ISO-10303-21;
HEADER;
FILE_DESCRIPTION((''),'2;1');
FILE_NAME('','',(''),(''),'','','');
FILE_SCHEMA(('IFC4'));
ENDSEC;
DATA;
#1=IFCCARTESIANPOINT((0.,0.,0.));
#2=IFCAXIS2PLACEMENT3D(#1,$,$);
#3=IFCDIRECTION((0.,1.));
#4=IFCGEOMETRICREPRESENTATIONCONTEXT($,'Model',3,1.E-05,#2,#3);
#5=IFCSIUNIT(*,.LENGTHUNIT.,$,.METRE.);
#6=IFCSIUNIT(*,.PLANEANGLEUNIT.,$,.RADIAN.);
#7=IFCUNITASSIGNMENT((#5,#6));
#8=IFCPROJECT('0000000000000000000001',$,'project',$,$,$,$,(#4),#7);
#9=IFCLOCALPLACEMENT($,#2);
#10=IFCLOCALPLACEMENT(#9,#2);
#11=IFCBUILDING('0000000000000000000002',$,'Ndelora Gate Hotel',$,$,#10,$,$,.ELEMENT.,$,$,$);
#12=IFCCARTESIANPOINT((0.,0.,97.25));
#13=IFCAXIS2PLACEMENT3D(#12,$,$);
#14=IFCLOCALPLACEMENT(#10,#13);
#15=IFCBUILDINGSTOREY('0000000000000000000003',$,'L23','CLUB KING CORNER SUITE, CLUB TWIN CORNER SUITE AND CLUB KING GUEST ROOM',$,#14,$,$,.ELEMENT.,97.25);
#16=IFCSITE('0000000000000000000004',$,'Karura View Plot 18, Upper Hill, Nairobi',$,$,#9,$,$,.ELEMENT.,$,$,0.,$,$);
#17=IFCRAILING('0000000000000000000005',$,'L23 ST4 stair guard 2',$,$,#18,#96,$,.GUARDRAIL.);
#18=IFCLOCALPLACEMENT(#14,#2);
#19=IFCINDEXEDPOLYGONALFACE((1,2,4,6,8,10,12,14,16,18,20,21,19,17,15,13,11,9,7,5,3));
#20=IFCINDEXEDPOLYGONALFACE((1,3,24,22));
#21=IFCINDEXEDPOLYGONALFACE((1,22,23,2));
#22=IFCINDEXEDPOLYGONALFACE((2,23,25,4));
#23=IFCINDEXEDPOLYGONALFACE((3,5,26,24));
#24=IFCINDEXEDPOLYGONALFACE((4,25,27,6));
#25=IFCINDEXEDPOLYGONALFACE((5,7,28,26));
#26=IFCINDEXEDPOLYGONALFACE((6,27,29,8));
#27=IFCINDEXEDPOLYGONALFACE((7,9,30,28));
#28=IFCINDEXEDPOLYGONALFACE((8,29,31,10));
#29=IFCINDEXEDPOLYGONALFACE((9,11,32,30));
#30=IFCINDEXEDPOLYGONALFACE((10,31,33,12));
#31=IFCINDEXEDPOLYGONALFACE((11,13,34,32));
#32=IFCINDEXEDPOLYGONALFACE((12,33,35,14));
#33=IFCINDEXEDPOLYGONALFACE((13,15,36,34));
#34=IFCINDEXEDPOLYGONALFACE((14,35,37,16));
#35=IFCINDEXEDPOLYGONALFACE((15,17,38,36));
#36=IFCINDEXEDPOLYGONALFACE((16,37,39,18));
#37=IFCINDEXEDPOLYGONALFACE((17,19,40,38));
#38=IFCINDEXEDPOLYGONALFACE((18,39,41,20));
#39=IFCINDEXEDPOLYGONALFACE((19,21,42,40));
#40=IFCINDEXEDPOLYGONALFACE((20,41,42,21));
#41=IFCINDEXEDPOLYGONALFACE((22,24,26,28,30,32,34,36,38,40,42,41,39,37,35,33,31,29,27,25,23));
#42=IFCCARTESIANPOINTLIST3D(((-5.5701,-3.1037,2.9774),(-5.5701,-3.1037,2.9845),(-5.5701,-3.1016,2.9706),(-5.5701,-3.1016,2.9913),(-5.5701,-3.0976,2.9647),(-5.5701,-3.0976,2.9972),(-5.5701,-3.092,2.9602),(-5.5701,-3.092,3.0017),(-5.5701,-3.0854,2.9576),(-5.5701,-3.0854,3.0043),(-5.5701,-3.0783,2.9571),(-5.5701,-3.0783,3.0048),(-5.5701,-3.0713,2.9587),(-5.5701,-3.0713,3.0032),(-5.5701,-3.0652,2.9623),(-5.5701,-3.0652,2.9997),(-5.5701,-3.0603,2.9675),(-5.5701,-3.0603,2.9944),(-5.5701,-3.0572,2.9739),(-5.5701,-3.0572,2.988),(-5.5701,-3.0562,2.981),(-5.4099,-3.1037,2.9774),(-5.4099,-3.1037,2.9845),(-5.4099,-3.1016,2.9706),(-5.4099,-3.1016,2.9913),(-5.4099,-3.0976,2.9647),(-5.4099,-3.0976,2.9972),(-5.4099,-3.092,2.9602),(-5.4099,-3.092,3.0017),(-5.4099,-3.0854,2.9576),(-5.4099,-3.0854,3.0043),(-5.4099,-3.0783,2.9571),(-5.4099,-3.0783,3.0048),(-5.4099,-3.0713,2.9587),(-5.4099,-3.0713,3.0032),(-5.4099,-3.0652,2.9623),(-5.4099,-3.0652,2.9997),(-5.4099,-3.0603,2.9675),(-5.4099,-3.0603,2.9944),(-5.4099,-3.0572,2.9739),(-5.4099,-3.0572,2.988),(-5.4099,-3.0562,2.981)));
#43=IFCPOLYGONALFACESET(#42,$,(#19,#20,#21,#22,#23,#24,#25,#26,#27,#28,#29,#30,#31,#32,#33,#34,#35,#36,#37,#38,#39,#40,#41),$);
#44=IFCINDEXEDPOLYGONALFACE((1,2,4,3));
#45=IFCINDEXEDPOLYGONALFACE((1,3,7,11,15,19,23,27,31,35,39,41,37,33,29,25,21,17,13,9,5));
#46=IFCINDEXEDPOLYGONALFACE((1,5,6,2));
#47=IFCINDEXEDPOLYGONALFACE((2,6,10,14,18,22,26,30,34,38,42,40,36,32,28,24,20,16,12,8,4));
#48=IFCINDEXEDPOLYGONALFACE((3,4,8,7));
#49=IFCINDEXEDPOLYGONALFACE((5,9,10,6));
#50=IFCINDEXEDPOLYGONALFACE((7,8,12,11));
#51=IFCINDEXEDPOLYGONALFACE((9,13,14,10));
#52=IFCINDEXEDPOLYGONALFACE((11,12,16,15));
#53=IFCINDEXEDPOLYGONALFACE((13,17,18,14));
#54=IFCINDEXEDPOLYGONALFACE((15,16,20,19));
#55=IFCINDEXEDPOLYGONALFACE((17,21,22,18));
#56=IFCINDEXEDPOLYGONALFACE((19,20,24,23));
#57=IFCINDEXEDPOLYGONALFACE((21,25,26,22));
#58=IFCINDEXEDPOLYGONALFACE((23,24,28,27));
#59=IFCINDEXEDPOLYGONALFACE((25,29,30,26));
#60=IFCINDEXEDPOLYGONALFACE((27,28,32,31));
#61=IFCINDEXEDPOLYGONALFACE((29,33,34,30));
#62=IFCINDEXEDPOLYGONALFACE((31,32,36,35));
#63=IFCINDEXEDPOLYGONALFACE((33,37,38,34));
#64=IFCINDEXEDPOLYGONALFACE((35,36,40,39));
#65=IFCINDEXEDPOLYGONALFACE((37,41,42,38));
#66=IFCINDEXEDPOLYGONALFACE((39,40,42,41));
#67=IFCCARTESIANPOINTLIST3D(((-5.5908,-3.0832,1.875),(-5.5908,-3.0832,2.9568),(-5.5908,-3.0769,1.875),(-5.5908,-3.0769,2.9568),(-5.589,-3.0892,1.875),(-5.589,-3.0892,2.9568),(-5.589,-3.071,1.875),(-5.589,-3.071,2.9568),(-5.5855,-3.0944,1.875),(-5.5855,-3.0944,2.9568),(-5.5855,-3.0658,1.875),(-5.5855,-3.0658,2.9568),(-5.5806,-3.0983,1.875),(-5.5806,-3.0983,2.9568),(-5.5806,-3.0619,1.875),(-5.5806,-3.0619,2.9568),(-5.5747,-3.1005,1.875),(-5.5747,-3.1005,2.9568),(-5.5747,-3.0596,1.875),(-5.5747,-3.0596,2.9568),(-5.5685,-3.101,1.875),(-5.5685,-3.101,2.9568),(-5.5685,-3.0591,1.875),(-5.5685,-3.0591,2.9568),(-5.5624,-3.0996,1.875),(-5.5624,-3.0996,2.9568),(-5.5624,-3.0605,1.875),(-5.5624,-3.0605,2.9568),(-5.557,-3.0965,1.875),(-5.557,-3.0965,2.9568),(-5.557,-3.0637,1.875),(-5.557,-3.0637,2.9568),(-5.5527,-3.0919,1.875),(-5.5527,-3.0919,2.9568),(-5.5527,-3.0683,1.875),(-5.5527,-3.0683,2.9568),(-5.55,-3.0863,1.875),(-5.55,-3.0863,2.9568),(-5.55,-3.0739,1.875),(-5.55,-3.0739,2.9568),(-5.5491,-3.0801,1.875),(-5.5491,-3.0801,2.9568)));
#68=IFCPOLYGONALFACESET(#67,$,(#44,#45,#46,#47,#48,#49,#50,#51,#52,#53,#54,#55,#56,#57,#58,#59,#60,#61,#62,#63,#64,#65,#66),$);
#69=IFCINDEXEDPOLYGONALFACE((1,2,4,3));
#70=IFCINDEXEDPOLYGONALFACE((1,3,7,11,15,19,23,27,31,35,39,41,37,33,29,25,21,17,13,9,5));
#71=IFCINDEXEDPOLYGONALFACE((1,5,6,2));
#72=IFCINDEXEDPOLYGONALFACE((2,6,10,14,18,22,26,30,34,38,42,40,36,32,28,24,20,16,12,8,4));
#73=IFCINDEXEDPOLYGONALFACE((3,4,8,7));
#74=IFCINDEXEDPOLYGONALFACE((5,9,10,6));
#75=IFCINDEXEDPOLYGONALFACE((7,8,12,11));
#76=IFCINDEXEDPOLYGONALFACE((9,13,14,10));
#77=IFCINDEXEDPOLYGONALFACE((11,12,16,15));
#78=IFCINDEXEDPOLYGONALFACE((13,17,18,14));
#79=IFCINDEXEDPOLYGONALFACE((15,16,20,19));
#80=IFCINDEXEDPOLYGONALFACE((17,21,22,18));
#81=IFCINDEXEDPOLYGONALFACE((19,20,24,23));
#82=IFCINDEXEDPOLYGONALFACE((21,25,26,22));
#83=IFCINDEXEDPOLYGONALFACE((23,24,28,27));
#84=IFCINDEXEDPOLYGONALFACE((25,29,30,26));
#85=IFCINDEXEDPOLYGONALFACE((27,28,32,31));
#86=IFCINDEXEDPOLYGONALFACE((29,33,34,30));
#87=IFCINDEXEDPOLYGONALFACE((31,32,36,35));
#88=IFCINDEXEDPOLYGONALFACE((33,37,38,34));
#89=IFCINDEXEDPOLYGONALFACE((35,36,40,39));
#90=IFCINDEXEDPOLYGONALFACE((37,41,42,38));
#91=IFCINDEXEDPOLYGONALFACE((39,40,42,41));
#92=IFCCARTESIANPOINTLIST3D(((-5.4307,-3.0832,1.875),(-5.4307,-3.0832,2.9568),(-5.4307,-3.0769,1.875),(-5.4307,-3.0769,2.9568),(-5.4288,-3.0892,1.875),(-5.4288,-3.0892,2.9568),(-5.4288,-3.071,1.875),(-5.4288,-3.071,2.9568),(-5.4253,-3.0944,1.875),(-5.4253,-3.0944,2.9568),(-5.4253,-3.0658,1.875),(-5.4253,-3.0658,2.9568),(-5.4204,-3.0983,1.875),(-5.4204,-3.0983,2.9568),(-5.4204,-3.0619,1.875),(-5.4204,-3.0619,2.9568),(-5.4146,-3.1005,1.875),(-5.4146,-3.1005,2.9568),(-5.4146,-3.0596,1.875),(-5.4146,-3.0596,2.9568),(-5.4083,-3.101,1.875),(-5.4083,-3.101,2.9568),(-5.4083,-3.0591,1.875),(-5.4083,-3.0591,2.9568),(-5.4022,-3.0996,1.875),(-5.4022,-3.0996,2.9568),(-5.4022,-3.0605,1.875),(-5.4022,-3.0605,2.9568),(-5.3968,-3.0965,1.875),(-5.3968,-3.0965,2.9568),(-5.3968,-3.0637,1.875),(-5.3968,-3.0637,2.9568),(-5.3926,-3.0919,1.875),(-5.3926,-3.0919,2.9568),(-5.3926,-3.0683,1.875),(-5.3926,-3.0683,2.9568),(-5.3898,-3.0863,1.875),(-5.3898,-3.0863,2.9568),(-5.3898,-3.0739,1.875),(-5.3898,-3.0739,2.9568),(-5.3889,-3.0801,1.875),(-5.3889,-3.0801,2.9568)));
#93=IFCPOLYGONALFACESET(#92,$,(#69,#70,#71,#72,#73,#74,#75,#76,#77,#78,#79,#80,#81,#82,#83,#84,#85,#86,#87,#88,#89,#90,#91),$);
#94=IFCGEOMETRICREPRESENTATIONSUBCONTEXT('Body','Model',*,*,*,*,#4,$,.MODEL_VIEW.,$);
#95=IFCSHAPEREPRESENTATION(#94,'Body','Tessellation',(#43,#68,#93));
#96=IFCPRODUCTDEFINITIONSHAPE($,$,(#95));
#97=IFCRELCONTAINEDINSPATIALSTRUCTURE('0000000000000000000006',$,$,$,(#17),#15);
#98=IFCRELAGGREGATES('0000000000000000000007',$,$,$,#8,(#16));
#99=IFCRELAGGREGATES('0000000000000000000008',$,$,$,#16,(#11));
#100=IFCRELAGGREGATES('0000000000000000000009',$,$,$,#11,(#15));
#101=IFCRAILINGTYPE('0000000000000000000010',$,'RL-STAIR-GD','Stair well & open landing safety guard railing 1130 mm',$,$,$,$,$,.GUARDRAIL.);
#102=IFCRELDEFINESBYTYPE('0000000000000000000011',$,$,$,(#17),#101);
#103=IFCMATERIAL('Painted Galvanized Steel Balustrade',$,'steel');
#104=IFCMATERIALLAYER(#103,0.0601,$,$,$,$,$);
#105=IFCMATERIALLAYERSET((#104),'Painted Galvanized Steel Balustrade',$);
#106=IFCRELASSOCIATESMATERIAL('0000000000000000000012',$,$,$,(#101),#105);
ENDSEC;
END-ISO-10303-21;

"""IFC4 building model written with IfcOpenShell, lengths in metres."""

from ifc_helpers import new_model, si_unit, direction, frame, origin, origin_2d, place, context, subcontext, project, spatial, circle, extrude, material, layer, layer_set, type_object, element, save


model = new_model("IFC4")

# Units and contexts
model_context = context("Model", 3, precision=1e-05, world=origin(), true_north=direction((0.0, 1.0)))
body_context = subcontext(model_context, "Body", "Model", "MODEL_VIEW")
ifc_project = project(units=[si_unit("LENGTHUNIT", "METRE"), si_unit("PLANEANGLEUNIT", "RADIAN")], contexts=[model_context])

# Site, building, storey
site_placement = place(None, origin())
site = spatial("IfcSite", under=ifc_project, at=site_placement, Name="Karura View Plot 18, Upper Hill, Nairobi", CompositionType="ELEMENT", RefElevation=0.0)
building_placement = place(site_placement, origin())
building = spatial("IfcBuilding", under=site, at=building_placement, Name="Ndelora Gate Hotel", CompositionType="ELEMENT")
storey_placement = place(building_placement, frame((0.0, 0.0, 97.25)))
storey = spatial("IfcBuildingStorey", under=building, at=storey_placement, Name="L23", Description="CLUB KING CORNER SUITE, CLUB TWIN CORNER SUITE AND CLUB KING GUEST ROOM", CompositionType="ELEMENT", Elevation=97.25)

# Railing
ifc_material_1 = material(Name="Painted Galvanized Steel Balustrade", Category="steel")
ifc_layer_1 = layer(ifc_material_1, 0.0601)
ifc_layer_set_1 = layer_set([ifc_layer_1], Name="Painted Galvanized Steel Balustrade")
railing_type_1 = type_object("IfcRailingType", Name="RL-STAIR-GD", Description="Stair well & open landing safety guard railing 1130 mm", PredefinedType="GUARDRAIL", material=ifc_layer_set_1)
railing_1_placement = place(storey_placement, frame((-5.5701, -3.0801, 1.875)))
element("IfcRailing", 1, at=railing_1_placement, inside=storey, type_object=railing_type_1, Name="L23 ST4 stair guard 2", PredefinedType="GUARDRAIL", context=body_context, shape_type="SweptSolid", body=[
    extrude(circle(Radius=0.0239, at=origin_2d()), frame((0.0, 0.0, 1.106), z_axis=(1.0, 0.0, 0.0), x_axis=(0.0, 1.0, 0.0)), (0.0, 0.0, 1.0), 0.1602),
    extrude(circle(Radius=0.021, at=origin_2d()), origin(), (0.0, 0.0, 1.0), 1.0818),
    extrude(circle(Radius=0.021, at=origin_2d()), frame((0.1602, 0.0, 0.0)), (0.0, 0.0, 1.0), 1.0818),
])

save(model, "model.ifc")
